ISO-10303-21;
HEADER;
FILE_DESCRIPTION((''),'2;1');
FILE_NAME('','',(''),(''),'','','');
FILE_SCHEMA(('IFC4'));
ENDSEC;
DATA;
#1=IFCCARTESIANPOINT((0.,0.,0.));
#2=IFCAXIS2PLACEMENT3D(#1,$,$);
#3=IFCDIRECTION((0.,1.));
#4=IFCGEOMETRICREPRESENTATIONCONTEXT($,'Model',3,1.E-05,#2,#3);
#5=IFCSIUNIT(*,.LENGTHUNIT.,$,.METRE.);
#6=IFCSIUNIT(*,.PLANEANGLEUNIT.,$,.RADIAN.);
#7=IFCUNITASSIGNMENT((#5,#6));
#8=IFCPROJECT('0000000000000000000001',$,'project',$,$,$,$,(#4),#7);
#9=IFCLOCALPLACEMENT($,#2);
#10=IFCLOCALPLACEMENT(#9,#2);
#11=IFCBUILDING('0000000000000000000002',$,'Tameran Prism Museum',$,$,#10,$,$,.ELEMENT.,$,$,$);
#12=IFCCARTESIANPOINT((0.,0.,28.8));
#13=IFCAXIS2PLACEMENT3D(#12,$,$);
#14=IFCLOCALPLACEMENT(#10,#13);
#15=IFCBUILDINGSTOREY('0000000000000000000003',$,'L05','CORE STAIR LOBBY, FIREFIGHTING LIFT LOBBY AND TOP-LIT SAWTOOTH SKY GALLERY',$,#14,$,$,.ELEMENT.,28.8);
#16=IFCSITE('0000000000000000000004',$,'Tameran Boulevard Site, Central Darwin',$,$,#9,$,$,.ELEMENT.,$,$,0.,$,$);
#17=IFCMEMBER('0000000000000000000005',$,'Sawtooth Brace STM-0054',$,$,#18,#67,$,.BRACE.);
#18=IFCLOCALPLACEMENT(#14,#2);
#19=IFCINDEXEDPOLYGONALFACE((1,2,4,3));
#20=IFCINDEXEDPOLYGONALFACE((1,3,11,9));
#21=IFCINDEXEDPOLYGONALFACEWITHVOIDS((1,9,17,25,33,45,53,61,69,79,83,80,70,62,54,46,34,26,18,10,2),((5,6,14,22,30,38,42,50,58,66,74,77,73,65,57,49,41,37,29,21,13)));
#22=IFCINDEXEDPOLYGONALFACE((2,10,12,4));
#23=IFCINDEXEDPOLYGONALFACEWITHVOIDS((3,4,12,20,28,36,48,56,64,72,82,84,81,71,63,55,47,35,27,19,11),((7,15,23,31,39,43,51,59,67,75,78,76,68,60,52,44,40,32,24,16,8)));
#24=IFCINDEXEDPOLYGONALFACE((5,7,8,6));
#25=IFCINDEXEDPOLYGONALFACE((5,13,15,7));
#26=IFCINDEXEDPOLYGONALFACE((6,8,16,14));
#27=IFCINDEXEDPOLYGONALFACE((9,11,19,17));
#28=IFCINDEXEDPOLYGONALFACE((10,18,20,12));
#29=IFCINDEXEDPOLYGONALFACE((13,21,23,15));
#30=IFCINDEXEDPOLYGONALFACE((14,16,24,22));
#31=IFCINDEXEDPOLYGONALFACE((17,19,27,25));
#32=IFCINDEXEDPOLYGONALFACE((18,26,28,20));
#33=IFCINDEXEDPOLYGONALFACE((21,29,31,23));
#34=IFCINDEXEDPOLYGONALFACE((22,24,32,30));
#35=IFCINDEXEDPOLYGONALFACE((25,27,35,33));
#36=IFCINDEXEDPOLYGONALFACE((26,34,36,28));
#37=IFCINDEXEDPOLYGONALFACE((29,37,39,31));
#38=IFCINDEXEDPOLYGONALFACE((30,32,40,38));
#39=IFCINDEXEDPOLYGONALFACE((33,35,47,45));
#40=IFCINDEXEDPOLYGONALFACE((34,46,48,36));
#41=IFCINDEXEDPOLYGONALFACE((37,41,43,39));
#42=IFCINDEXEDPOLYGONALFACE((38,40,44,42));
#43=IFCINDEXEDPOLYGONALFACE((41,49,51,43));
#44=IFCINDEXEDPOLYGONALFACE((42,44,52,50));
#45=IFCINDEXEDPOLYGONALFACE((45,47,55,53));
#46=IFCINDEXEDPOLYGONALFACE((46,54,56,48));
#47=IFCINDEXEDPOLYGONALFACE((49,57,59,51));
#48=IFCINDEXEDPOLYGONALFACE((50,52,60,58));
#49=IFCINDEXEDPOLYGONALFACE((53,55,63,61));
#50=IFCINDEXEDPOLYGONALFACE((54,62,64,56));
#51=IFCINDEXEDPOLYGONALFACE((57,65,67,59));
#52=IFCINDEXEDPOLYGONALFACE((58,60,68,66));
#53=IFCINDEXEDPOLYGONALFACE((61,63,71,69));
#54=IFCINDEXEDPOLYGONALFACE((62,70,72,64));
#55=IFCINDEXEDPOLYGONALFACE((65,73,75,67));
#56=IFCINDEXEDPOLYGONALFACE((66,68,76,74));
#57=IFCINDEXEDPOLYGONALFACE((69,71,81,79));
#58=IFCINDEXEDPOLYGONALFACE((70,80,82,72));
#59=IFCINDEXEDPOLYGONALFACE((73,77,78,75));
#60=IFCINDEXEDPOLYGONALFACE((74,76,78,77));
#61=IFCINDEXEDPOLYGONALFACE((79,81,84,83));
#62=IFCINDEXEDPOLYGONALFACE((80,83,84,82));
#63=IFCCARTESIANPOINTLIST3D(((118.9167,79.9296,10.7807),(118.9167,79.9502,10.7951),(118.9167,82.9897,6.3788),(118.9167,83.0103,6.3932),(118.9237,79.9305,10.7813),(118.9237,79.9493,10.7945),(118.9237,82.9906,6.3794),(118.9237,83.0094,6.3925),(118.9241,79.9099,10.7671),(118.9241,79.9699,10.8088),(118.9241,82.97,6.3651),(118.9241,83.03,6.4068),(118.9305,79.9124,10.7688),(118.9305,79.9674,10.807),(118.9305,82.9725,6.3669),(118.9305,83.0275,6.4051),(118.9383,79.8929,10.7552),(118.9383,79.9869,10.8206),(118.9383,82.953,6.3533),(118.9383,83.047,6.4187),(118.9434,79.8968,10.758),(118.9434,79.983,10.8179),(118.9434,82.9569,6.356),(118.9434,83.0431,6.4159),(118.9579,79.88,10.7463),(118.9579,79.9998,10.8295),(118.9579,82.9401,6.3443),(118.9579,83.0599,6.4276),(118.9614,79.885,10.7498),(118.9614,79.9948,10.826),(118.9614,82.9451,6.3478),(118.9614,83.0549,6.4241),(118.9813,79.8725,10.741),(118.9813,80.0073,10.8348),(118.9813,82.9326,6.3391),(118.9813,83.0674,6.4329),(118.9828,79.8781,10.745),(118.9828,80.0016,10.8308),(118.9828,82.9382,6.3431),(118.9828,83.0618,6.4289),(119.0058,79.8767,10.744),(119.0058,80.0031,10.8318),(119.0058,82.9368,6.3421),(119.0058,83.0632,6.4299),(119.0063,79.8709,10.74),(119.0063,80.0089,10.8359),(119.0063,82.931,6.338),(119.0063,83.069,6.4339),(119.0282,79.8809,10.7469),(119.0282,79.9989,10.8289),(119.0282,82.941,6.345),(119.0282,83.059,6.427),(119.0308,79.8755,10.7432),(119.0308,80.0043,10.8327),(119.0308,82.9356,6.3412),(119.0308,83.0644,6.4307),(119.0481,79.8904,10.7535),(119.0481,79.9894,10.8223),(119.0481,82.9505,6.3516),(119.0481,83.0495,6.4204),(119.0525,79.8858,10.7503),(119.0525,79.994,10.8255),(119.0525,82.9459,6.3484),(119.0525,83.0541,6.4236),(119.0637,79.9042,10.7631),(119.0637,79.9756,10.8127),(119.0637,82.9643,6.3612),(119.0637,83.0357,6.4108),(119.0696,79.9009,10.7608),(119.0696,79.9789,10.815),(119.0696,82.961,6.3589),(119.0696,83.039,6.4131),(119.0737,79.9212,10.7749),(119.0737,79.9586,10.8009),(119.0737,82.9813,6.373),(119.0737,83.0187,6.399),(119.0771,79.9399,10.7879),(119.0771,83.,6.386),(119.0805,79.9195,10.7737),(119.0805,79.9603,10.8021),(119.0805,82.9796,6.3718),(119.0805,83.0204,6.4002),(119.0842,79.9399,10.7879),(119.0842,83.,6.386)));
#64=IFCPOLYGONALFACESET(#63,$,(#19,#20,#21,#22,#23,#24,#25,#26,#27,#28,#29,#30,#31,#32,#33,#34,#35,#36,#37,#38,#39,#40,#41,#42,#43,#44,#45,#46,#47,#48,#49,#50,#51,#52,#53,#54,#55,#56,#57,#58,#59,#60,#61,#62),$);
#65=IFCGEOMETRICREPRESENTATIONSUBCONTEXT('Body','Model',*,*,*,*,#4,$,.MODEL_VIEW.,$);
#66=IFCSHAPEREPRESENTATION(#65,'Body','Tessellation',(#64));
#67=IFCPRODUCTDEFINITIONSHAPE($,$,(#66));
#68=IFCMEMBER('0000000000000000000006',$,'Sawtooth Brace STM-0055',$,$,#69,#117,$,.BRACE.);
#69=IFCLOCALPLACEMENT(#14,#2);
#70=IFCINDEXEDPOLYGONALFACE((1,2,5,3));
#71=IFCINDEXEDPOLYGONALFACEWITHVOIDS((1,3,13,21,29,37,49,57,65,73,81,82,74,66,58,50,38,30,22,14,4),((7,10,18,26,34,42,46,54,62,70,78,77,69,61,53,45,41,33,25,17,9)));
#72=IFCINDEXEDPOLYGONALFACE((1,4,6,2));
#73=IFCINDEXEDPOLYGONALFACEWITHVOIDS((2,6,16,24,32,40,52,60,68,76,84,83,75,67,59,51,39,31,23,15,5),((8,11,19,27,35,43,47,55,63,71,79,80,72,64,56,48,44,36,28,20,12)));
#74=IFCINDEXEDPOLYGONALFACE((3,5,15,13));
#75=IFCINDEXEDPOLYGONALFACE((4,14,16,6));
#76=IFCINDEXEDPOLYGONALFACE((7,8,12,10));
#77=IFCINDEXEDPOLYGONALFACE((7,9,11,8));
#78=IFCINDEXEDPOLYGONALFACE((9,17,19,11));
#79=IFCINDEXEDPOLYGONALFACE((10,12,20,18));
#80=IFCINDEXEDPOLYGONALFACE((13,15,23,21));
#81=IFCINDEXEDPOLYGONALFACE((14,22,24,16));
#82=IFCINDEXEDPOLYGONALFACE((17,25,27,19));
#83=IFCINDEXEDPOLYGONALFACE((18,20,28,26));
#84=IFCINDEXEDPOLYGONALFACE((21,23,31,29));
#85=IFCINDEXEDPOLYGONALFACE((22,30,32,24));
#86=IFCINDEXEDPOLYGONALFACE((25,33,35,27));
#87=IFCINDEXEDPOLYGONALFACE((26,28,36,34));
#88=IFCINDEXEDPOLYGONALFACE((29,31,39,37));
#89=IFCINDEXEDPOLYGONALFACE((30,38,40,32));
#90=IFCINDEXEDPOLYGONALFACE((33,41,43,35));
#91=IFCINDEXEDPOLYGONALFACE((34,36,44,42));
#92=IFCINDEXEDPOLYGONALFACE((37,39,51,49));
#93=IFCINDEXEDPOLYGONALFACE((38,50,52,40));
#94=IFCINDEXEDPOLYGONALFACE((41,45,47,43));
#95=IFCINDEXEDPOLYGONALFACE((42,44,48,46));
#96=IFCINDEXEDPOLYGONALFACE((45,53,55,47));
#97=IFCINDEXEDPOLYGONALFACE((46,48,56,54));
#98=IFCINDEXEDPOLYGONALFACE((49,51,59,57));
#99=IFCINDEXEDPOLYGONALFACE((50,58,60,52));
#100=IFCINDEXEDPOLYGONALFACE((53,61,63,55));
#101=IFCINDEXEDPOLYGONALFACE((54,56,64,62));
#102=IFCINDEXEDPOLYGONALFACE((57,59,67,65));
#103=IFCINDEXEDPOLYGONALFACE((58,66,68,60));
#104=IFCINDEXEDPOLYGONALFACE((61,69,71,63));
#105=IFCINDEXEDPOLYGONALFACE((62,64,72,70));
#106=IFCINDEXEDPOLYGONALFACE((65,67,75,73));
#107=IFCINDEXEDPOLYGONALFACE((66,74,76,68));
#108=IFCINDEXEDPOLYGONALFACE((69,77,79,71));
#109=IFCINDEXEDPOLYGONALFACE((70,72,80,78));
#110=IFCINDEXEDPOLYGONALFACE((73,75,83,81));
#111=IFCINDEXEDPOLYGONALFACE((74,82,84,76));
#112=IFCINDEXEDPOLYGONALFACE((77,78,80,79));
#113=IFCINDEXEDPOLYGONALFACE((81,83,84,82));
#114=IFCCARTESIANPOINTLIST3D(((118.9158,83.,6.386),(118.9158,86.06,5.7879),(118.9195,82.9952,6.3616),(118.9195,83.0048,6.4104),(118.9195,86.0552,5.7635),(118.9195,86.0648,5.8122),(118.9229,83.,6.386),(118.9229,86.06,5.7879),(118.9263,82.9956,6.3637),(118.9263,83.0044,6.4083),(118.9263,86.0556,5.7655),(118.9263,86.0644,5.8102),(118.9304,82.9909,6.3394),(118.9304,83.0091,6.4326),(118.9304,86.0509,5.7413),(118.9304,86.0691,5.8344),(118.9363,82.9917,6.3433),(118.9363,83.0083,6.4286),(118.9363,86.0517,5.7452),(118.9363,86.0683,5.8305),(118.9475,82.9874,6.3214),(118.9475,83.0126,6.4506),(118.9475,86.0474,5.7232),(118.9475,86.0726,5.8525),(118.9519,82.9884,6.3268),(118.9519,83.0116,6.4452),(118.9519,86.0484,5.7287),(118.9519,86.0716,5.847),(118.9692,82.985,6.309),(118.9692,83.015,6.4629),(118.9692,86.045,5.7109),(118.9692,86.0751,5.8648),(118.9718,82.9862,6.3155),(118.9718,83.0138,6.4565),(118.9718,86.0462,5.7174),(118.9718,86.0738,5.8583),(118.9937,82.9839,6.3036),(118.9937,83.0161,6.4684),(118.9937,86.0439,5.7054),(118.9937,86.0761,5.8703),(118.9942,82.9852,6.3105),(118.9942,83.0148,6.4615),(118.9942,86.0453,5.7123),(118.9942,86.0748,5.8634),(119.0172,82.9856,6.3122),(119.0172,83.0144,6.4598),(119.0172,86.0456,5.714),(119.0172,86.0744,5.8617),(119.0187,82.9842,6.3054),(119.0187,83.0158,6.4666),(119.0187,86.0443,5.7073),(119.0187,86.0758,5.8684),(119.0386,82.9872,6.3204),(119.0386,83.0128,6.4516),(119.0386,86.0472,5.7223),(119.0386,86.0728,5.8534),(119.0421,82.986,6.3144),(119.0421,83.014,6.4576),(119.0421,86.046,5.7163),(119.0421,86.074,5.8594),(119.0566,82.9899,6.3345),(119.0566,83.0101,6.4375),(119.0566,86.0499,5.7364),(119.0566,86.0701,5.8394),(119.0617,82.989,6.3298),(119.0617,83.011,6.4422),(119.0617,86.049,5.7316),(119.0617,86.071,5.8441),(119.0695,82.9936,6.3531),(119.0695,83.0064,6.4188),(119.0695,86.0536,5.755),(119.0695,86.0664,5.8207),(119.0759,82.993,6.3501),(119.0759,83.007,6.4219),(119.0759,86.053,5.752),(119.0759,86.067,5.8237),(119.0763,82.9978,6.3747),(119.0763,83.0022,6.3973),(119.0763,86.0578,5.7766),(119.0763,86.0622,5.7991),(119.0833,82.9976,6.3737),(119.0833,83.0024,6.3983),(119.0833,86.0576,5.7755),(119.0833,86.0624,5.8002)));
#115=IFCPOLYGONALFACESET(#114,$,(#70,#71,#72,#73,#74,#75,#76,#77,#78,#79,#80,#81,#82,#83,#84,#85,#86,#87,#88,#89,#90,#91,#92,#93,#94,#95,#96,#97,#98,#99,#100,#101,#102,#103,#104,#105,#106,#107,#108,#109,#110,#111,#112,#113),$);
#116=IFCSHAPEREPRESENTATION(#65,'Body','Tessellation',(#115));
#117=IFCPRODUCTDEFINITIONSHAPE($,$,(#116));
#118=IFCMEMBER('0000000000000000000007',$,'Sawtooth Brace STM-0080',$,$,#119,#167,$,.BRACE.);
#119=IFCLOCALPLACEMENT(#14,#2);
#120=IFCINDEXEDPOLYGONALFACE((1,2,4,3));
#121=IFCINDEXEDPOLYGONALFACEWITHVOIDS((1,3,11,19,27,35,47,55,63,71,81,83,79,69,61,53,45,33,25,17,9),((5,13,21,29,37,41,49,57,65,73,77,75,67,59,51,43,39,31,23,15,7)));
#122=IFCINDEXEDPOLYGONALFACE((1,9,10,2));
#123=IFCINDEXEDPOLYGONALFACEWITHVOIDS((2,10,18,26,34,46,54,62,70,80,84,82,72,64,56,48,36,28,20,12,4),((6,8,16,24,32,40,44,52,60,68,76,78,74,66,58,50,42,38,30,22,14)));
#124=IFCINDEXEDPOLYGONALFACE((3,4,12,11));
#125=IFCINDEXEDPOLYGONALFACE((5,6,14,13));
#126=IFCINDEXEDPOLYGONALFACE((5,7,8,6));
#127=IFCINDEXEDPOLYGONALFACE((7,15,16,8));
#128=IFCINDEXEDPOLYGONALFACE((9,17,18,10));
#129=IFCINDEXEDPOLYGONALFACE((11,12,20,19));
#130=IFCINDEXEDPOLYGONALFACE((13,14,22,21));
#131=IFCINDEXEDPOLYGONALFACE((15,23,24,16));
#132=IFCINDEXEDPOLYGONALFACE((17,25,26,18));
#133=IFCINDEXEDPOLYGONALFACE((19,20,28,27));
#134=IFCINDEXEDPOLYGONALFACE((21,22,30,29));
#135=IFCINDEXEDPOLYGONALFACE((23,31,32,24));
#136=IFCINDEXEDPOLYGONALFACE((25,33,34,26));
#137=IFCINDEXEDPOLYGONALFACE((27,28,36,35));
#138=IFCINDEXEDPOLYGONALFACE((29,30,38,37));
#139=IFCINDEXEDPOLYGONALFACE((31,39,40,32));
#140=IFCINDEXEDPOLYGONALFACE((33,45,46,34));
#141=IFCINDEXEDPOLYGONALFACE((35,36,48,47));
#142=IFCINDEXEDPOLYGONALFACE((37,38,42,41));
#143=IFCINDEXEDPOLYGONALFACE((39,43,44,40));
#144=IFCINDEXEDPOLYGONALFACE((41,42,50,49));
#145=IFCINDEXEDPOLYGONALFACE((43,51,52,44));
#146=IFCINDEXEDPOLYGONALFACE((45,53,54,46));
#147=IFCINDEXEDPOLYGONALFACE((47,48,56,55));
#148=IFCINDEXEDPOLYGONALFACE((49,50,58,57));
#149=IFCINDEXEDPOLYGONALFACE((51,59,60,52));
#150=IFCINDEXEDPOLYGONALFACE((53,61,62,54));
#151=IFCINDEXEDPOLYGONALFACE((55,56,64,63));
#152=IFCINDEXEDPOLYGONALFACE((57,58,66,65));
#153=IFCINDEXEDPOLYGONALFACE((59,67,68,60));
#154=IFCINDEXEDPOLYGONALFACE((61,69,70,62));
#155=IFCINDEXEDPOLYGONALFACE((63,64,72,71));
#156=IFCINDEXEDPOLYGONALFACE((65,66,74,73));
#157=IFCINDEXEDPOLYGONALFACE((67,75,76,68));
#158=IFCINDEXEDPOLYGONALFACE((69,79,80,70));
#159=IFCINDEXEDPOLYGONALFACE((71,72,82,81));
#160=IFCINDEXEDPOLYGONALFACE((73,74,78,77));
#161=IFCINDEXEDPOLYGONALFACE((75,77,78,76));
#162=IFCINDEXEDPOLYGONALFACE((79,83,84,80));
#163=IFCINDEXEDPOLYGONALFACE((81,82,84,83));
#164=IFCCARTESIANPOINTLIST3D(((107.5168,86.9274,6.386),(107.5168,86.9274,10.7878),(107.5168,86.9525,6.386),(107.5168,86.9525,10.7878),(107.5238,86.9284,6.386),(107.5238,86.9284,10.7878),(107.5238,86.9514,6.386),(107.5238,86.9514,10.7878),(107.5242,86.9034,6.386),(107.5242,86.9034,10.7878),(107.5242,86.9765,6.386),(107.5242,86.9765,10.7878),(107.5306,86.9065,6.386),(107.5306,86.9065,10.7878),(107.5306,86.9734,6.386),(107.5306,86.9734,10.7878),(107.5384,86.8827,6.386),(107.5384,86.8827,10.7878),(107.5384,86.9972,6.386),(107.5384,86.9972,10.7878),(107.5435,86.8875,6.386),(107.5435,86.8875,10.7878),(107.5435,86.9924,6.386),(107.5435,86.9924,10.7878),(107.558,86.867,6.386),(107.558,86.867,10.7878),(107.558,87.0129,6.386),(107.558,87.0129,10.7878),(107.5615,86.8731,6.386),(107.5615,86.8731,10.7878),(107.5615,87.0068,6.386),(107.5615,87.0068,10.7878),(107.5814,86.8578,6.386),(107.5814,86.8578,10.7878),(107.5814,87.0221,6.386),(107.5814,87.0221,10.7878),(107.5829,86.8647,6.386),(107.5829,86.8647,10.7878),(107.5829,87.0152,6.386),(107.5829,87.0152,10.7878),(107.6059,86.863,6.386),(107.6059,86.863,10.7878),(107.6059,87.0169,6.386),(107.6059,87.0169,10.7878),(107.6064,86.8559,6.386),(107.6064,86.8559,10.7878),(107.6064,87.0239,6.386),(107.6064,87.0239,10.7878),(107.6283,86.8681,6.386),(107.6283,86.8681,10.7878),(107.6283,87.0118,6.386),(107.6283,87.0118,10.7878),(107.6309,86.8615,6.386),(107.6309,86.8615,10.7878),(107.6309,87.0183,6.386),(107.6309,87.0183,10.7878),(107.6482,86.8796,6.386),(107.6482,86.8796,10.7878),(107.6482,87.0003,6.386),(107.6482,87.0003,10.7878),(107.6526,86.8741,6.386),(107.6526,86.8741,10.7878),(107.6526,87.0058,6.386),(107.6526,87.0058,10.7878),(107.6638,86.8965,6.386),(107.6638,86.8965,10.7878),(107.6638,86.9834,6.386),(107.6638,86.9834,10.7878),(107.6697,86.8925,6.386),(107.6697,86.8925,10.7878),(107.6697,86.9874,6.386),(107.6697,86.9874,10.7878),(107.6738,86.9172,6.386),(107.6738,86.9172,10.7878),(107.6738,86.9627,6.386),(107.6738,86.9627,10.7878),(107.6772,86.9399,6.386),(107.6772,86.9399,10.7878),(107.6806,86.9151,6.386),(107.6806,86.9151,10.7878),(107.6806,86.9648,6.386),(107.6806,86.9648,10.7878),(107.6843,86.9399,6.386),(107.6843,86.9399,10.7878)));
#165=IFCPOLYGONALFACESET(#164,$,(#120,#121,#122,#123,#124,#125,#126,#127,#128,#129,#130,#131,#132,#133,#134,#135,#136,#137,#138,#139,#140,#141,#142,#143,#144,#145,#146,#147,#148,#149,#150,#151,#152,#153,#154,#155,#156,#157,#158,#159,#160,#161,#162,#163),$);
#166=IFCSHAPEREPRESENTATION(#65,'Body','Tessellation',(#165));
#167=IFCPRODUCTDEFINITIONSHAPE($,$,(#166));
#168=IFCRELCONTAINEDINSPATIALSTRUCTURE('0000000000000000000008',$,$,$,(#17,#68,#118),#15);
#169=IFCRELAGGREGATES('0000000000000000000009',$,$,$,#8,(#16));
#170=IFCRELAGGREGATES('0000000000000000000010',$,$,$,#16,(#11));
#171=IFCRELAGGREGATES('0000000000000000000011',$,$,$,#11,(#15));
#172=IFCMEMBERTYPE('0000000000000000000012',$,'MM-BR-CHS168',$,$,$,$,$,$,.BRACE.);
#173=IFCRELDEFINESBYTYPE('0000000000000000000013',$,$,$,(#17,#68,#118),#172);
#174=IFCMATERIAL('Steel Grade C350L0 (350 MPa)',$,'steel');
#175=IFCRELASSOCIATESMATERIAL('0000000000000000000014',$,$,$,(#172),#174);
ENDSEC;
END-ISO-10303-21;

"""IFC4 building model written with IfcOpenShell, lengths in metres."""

from ifc_helpers import new_model, si_unit, direction, frame, origin, origin_2d, place, context, subcontext, project, spatial, hollow_circle, extrude, material, material_profile, profile_set, type_object, element, save


model = new_model("IFC4")

# Units and contexts
model_context = context("Model", 3, precision=1e-05, world=origin(), true_north=direction((0.0, 1.0)))
body_context = subcontext(model_context, "Body", "Model", "MODEL_VIEW")
ifc_project = project(units=[si_unit("LENGTHUNIT", "METRE"), si_unit("PLANEANGLEUNIT", "RADIAN")], contexts=[model_context])

# Site, building, storey
site_placement = place(None, origin())
site = spatial("IfcSite", under=ifc_project, at=site_placement, Name="Tameran Boulevard Site, Central Darwin", CompositionType="ELEMENT", RefElevation=0.0)
building_placement = place(site_placement, origin())
building = spatial("IfcBuilding", under=site, at=building_placement, Name="Tameran Prism Museum", CompositionType="ELEMENT")
storey_placement = place(building_placement, frame((0.0, 0.0, 28.8)))
storey = spatial("IfcBuildingStorey", under=building, at=storey_placement, Name="L05", Description="CORE STAIR LOBBY, FIREFIGHTING LIFT LOBBY AND TOP-LIT SAWTOOTH SKY GALLERY", CompositionType="ELEMENT", Elevation=28.8)

# Members
ifc_material_1 = material(Name="Steel Grade C350L0 (350 MPa)", Category="steel")
ifc_material_profile_1 = material_profile(ifc_material_1, hollow_circle(Radius=0.0842, WallThickness=0.0071, at=origin_2d()))
ifc_profile_set_1 = profile_set([ifc_material_profile_1])
member_type_1 = type_object("IfcMemberType", Name="MM-BR-CHS168", PredefinedType="BRACE", material=ifc_profile_set_1)
member_1_placement = place(storey_placement, frame((119.0, 83.0, 6.386), z_axis=(0.0, -0.5708, 0.821089), x_axis=(1.0, 0.0, 0.0)))
element("IfcMember", 1, at=member_1_placement, inside=storey, type_object=member_type_1, Name="Sawtooth Brace STM-0054", PredefinedType="BRACE", context=body_context, shape_type="SweptSolid", body=[
    extrude(hollow_circle(Radius=0.0842, WallThickness=0.0071, at=origin_2d()), origin(), (0.0, 0.0, 1.0), 5.3611),
])
member_2_placement = place(storey_placement, frame((119.0, 83.0, 6.386), z_axis=(0.0, 0.981427, -0.191838), x_axis=(-1.0, 0.0, 0.0)))
element("IfcMember", 2, at=member_2_placement, inside=storey, type_object=member_type_1, Name="Sawtooth Brace STM-0055", PredefinedType="BRACE", context=body_context, shape_type="SweptSolid", body=[
    extrude(hollow_circle(Radius=0.0842, WallThickness=0.0071, at=origin_2d()), origin(), (0.0, 0.0, 1.0), 3.1179),
])
member_3_placement = place(storey_placement, frame((107.6001, 86.9399, 6.386), z_axis=(0.0, 0.0, 1.0), x_axis=(1.0, 0.0, 0.0)))
element("IfcMember", 3, at=member_3_placement, inside=storey, type_object=member_type_1, Name="Sawtooth Brace STM-0080", PredefinedType="BRACE", context=body_context, shape_type="SweptSolid", body=[
    extrude(hollow_circle(Radius=0.0842, WallThickness=0.0071, at=origin_2d()), origin(), (0.0, 0.0, 1.0), 4.4019),
])

save(model, "model.ifc")
